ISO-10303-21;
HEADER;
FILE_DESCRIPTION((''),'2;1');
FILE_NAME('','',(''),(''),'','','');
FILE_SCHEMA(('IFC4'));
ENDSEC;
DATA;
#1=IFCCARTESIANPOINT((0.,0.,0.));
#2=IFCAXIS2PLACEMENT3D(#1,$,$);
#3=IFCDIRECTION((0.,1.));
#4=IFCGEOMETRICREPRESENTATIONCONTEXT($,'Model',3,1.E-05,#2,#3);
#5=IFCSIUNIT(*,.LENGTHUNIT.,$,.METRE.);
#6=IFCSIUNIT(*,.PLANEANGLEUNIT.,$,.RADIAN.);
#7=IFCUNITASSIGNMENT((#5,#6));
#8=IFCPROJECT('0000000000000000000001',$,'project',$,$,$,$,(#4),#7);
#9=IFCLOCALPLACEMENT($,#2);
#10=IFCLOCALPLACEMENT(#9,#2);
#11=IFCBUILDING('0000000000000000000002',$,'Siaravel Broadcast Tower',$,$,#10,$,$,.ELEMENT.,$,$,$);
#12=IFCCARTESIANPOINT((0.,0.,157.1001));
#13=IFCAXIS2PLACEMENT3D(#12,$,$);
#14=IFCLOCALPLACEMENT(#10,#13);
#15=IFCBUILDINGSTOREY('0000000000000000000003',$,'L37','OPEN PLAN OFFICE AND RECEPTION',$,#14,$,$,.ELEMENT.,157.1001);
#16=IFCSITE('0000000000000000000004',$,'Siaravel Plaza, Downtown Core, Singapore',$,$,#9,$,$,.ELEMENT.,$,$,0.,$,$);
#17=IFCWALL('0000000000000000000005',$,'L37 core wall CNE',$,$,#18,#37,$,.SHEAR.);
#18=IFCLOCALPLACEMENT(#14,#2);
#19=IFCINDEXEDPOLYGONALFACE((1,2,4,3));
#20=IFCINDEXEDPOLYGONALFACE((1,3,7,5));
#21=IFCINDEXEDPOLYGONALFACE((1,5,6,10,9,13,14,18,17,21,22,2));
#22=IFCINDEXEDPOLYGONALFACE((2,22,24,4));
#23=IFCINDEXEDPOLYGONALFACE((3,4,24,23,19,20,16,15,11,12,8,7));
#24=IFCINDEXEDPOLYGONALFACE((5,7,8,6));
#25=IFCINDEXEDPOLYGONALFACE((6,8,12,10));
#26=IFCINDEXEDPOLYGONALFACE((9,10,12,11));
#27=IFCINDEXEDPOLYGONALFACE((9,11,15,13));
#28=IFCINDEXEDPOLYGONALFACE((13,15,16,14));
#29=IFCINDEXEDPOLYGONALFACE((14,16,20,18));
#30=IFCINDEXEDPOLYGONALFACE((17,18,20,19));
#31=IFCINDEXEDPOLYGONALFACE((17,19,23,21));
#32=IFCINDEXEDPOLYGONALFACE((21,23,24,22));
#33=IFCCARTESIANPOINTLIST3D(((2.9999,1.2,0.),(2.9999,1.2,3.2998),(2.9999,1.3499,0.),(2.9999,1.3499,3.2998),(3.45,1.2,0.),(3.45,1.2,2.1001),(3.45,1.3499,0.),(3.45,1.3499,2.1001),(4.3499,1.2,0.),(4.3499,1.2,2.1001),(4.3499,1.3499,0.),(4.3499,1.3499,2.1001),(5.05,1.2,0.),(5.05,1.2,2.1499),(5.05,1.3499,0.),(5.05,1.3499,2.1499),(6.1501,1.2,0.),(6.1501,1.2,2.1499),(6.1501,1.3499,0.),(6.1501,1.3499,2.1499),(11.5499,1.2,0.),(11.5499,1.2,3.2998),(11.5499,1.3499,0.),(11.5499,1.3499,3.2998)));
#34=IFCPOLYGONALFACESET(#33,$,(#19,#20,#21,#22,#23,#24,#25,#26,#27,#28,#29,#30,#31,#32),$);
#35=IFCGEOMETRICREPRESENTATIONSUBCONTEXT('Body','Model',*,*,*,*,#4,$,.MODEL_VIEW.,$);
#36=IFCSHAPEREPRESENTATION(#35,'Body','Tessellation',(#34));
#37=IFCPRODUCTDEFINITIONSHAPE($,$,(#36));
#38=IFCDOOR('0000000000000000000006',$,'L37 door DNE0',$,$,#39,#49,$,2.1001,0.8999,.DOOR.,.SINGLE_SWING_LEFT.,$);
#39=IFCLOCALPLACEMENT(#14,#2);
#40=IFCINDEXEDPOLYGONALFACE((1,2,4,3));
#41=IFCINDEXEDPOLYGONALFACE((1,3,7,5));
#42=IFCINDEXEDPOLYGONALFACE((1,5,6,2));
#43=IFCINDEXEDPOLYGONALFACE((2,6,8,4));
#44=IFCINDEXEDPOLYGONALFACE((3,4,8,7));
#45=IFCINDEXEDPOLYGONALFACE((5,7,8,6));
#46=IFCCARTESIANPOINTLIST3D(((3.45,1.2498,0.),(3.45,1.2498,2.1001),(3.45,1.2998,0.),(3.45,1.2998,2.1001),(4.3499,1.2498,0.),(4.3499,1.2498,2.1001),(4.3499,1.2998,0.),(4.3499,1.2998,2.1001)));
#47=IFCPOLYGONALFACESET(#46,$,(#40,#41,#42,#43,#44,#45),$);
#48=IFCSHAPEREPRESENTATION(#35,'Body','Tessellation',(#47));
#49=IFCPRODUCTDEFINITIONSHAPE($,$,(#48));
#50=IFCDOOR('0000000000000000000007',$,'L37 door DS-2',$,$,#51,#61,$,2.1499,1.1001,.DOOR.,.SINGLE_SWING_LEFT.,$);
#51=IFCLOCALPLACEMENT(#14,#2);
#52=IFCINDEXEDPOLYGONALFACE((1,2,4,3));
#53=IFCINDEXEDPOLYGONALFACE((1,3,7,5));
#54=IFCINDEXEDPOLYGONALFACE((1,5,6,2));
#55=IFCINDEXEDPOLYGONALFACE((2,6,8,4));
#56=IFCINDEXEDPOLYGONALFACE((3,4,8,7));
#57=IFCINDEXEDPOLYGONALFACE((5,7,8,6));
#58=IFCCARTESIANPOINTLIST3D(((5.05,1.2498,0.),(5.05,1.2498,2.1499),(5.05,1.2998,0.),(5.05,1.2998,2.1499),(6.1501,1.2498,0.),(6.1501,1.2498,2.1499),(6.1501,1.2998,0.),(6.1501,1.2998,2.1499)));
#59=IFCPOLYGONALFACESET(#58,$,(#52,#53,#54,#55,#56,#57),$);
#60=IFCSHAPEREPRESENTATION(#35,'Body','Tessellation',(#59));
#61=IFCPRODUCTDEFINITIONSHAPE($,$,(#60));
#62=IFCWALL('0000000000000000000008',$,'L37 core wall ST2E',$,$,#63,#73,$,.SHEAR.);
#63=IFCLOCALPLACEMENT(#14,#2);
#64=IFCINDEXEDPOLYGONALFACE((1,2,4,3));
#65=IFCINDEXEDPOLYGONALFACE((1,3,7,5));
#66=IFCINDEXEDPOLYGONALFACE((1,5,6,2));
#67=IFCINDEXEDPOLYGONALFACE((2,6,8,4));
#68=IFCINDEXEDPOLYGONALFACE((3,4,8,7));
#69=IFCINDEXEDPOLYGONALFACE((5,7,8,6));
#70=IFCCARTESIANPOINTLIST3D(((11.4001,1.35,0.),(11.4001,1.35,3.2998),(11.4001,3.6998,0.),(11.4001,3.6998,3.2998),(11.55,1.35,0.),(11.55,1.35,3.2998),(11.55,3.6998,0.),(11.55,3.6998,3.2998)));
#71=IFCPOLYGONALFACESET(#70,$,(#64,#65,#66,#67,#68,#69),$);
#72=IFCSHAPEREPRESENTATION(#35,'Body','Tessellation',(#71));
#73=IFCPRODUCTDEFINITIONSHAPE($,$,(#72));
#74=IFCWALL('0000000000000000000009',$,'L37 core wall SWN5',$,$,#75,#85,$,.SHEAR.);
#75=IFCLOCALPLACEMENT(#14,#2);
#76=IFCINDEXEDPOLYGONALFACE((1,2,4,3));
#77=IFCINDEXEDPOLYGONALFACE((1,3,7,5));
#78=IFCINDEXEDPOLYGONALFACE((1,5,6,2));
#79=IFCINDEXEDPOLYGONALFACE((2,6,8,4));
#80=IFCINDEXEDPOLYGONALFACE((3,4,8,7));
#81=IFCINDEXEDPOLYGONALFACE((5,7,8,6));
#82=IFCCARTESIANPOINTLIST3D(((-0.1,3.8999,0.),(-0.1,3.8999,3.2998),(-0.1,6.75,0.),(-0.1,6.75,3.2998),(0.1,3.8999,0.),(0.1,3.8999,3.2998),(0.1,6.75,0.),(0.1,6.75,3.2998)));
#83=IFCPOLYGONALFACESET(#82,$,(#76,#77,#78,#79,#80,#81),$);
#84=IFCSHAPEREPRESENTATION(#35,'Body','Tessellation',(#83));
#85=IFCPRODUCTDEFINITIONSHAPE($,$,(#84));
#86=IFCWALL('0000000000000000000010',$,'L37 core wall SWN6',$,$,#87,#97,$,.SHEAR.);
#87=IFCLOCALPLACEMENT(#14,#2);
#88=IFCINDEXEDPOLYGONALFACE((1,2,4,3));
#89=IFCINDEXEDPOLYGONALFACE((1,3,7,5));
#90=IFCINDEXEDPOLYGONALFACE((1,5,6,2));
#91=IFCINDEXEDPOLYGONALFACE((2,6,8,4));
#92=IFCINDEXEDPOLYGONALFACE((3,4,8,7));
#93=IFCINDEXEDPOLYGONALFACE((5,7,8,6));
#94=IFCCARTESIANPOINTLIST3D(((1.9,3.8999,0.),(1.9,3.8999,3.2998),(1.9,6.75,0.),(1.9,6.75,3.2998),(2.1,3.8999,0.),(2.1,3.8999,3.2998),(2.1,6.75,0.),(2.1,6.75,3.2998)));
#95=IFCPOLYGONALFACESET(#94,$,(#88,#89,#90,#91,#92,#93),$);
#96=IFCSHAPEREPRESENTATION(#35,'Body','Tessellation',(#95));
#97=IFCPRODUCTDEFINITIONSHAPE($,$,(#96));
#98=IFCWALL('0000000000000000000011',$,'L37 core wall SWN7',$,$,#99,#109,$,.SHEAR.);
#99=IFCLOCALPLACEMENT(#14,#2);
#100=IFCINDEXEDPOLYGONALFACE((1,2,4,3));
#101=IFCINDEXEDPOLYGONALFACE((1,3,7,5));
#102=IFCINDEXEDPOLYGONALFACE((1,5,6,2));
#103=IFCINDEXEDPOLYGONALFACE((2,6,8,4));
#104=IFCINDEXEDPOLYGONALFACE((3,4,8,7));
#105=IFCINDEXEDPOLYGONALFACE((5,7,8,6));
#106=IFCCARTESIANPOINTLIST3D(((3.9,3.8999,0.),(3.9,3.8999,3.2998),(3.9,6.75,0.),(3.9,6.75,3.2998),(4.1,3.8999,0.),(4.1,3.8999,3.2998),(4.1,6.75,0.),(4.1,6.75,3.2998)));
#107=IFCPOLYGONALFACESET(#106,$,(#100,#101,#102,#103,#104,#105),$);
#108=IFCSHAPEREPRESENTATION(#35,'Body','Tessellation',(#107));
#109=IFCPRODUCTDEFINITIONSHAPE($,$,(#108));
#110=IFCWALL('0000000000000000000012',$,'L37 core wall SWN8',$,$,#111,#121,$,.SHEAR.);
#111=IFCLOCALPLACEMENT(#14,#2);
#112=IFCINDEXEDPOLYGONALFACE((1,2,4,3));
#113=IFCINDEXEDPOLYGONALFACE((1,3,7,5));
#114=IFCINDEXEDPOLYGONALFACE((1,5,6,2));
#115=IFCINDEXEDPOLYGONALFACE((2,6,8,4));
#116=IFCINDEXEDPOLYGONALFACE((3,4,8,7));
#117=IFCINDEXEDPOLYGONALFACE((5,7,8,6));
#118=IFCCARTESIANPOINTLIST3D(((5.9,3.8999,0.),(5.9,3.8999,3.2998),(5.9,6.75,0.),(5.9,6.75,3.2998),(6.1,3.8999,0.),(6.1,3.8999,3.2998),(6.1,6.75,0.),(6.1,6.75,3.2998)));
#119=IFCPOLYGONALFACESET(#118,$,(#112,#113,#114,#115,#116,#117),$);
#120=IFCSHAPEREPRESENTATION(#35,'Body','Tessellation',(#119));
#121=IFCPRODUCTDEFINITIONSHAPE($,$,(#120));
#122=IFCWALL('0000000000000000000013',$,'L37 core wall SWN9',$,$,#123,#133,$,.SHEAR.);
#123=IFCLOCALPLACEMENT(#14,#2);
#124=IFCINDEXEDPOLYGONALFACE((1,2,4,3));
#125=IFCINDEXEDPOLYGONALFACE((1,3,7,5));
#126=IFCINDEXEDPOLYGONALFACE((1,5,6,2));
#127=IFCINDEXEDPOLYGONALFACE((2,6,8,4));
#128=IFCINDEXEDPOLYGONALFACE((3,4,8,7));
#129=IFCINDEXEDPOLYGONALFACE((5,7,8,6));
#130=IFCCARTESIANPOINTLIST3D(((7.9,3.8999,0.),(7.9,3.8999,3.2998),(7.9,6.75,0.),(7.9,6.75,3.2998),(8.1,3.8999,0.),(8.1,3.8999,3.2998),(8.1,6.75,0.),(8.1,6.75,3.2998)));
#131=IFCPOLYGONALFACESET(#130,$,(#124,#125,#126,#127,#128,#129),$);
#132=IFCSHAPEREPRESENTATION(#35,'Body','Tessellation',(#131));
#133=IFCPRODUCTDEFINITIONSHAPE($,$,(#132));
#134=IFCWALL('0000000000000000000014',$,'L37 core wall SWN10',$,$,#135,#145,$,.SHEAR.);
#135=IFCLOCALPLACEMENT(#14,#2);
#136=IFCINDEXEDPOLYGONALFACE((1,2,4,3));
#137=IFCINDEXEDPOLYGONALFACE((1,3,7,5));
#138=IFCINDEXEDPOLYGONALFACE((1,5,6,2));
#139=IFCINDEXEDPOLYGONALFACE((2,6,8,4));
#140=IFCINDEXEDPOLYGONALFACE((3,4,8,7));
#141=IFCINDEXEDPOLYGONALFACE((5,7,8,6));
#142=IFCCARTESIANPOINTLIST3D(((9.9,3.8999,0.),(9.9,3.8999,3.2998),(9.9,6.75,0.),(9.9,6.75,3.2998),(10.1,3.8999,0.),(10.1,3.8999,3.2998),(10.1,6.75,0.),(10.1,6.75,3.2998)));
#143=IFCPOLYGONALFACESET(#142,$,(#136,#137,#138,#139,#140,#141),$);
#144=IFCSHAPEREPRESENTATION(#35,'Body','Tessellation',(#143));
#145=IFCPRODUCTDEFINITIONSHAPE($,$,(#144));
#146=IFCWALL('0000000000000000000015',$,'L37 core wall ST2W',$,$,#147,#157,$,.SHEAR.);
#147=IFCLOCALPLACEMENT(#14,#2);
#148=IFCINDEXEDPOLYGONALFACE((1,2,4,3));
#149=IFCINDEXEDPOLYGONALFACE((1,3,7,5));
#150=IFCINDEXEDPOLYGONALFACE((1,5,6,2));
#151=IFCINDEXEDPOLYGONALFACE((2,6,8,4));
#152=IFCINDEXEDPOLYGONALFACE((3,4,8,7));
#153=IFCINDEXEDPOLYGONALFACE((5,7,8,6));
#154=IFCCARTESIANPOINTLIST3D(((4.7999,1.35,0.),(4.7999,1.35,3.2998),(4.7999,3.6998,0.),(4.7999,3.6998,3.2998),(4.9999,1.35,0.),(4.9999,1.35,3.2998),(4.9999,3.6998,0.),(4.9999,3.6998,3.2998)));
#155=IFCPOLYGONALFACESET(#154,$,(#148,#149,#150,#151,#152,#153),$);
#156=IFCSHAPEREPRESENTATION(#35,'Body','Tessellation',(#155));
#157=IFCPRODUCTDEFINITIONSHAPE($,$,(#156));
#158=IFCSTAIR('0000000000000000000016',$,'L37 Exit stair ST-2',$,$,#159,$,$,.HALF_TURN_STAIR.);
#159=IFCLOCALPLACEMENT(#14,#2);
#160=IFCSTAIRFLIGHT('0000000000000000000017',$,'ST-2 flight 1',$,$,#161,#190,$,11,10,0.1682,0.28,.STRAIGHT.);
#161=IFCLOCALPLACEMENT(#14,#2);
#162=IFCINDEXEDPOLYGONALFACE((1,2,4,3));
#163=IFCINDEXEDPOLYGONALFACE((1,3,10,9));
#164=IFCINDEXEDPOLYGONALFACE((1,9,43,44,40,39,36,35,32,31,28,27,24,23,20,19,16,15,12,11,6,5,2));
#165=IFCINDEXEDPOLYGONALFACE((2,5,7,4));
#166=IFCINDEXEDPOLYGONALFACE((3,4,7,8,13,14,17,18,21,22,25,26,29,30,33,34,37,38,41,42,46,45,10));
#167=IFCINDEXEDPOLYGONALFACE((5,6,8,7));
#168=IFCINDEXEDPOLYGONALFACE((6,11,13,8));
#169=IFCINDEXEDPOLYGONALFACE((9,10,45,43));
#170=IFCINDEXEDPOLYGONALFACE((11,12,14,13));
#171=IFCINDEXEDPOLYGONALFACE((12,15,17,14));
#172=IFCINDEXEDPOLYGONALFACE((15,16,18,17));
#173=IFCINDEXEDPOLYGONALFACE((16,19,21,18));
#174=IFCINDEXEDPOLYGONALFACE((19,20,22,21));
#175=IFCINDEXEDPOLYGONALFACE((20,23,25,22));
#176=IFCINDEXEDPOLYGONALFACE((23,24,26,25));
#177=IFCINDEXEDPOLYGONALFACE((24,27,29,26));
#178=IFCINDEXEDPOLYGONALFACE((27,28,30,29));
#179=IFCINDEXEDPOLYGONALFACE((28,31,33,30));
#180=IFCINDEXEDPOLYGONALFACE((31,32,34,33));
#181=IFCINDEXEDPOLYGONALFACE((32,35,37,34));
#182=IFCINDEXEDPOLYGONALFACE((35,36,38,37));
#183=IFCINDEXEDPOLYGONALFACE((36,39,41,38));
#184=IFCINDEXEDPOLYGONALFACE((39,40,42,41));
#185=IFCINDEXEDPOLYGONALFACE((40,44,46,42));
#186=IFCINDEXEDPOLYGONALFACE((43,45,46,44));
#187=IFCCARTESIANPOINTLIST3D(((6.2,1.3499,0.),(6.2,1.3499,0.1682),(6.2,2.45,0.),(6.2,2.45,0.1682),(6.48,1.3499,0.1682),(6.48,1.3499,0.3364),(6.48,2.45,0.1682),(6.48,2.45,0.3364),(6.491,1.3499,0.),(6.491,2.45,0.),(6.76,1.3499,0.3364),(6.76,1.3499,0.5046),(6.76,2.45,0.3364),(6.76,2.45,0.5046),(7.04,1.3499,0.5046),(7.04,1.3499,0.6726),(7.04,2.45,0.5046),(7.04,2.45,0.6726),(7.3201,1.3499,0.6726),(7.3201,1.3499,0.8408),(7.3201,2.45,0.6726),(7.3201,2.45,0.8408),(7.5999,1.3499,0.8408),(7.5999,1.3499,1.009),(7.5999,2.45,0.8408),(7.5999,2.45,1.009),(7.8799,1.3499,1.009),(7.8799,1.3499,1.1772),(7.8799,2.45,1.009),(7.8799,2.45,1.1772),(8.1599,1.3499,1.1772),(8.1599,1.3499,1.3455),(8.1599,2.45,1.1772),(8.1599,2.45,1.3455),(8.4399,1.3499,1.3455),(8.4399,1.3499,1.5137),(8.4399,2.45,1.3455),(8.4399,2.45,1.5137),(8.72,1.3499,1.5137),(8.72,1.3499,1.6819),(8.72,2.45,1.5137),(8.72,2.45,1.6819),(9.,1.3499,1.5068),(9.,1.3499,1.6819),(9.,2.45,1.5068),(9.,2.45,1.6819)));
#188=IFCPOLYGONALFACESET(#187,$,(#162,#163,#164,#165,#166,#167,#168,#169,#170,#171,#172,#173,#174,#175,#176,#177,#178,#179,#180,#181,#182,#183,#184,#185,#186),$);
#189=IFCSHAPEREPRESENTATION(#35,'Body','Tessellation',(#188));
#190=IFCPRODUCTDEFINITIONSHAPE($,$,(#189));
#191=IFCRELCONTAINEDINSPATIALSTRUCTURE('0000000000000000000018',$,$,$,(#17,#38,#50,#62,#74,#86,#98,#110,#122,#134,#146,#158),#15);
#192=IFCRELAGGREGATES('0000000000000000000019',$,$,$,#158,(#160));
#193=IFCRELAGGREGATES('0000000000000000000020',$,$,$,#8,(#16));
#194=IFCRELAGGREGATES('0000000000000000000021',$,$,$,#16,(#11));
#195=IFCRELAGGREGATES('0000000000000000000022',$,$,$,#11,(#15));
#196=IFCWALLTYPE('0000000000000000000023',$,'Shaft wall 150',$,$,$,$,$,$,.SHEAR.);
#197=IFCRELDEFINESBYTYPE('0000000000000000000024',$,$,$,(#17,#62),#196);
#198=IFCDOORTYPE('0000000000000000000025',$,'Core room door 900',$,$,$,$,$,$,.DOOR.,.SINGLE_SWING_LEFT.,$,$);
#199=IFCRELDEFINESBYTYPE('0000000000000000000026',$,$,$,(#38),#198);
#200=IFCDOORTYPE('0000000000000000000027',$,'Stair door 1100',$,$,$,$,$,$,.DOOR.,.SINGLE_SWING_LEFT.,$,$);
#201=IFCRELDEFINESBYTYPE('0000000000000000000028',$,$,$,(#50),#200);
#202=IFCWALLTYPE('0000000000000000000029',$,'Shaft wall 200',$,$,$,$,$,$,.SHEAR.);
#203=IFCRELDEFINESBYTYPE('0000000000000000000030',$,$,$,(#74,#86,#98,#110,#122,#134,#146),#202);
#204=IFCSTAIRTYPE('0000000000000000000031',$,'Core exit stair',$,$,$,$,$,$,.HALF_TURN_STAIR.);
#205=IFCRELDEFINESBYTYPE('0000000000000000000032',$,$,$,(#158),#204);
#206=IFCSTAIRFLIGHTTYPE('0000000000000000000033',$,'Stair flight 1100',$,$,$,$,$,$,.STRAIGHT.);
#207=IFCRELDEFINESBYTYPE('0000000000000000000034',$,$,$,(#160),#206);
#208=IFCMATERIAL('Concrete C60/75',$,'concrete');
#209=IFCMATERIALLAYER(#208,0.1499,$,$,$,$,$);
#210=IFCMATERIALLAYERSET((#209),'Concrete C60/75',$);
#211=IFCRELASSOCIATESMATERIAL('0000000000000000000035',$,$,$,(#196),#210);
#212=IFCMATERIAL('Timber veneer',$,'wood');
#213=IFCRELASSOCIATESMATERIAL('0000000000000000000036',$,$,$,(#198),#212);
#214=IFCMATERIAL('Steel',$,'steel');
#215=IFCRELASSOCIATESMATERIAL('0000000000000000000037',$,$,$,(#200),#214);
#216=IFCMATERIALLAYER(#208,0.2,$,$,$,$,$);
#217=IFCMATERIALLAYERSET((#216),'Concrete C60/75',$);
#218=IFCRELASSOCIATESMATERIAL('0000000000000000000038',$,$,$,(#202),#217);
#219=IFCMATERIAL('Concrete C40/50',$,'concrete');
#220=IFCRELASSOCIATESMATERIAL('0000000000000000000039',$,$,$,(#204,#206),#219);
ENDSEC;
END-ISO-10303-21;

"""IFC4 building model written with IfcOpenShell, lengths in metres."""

from ifc_helpers import new_model, si_unit, direction, frame, frame_2d, origin, place, context, subcontext, project, spatial, polyline, rectangle, outline, extrude, material, layer, layer_set, type_object, element, fill, aggregate, save


model = new_model("IFC4")

# Units and contexts
model_context = context("Model", 3, precision=1e-05, world=origin(), true_north=direction((0.0, 1.0)))
body_context = subcontext(model_context, "Body", "Model", "MODEL_VIEW")
ifc_project = project(units=[si_unit("LENGTHUNIT", "METRE"), si_unit("PLANEANGLEUNIT", "RADIAN")], contexts=[model_context])

# Site, building, storey
site_placement = place(None, origin())
site = spatial("IfcSite", under=ifc_project, at=site_placement, Name="Siaravel Plaza, Downtown Core, Singapore", CompositionType="ELEMENT", RefElevation=0.0)
building_placement = place(site_placement, origin())
building = spatial("IfcBuilding", under=site, at=building_placement, Name="Siaravel Broadcast Tower", CompositionType="ELEMENT")
storey_placement = place(building_placement, frame((0.0, 0.0, 157.1001)))
storey = spatial("IfcBuildingStorey", under=building, at=storey_placement, Name="L37", Description="OPEN PLAN OFFICE AND RECEPTION", CompositionType="ELEMENT", Elevation=157.1001)

# Shared definitions
ifc_material_1 = material(Name="Concrete C60/75", Category="concrete")

# Shared definitions
ifc_material_2 = material(Name="Timber veneer", Category="wood")

# Wall, openings, doors
ifc_layer_1 = layer(ifc_material_1, 0.1499)
ifc_layer_set_1 = layer_set([ifc_layer_1], Name="Concrete C60/75")
wall_type_1 = type_object("IfcWallType", Name="Shaft wall 150", PredefinedType="SHEAR", material=ifc_layer_set_1)
wall_1_placement = place(storey_placement, frame((3.0, 1.2749, 0.0), z_axis=(0.0, 0.0, 1.0), x_axis=(1.0, 0.0, 0.0)))
wall_1 = element("IfcWall", 1, at=wall_1_placement, inside=storey, type_object=wall_type_1, Name="L37 core wall CNE", PredefinedType="SHEAR", context=body_context, shape_type="SweptSolid", body=[
    extrude(rectangle(XDim=8.55, YDim=0.1499, at=frame_2d((4.2749, 0.0))), origin(), (0.0, 0.0, 1.0), 3.2998),
])
opening_1_placement = place(wall_1_placement, frame((2.05, 0.0, 0.0)))
opening_1 = element("IfcOpeningElement", 2, at=opening_1_placement, cuts=wall_1, PredefinedType="OPENING", context=body_context, shape_type="SweptSolid", body=[
    extrude(rectangle(XDim=1.1001, YDim=2.1499, at=frame_2d((0.55, 1.075))), frame((0.0, 0.085, 0.0), z_axis=(0.0, -1.0, 0.0), x_axis=(1.0, 0.0, 0.0)), (0.0, 0.0, 1.0), 0.1699),
])
opening_2_placement = place(wall_1_placement, frame((0.45, 0.0, 0.0)))
opening_2 = element("IfcOpeningElement", 3, at=opening_2_placement, cuts=wall_1, PredefinedType="OPENING", context=body_context, shape_type="SweptSolid", body=[
    extrude(rectangle(XDim=0.8999, YDim=2.1001, at=frame_2d((0.45, 1.05))), frame((0.0, 0.085, 0.0), z_axis=(0.0, -1.0, 0.0), x_axis=(1.0, 0.0, 0.0)), (0.0, 0.0, 1.0), 0.1699),
])
door_type_1 = type_object("IfcDoorType", Name="Core room door 900", OperationType="SINGLE_SWING_LEFT", PredefinedType="DOOR", material=ifc_material_2)
door_1_placement = place(opening_2_placement, origin())
door_1 = element("IfcDoor", 4, at=door_1_placement, inside=storey, type_object=door_type_1, Name="L37 door DNE0", OperationType="SINGLE_SWING_LEFT", OverallHeight=2.1001, OverallWidth=0.8999, PredefinedType="DOOR", context=body_context, shape_type="SweptSolid", body=[
    extrude(rectangle(XDim=0.8999, YDim=2.1001, at=frame_2d((0.45, 1.05))), frame((0.0, 0.0249, 0.0), z_axis=(0.0, -1.0, 0.0), x_axis=(1.0, 0.0, 0.0)), (0.0, 0.0, 1.0), 0.05),
])
fill(opening_2, door_1)
ifc_material_3 = material(Name="Steel", Category="steel")
door_type_2 = type_object("IfcDoorType", Name="Stair door 1100", OperationType="SINGLE_SWING_LEFT", PredefinedType="DOOR", material=ifc_material_3)
door_2_placement = place(opening_1_placement, origin())
door_2 = element("IfcDoor", 5, at=door_2_placement, inside=storey, type_object=door_type_2, Name="L37 door DS-2", OperationType="SINGLE_SWING_LEFT", OverallHeight=2.1499, OverallWidth=1.1001, PredefinedType="DOOR", context=body_context, shape_type="SweptSolid", body=[
    extrude(rectangle(XDim=1.1001, YDim=2.1499, at=frame_2d((0.55, 1.075))), frame((0.0, 0.0249, 0.0), z_axis=(0.0, -1.0, 0.0), x_axis=(1.0, 0.0, 0.0)), (0.0, 0.0, 1.0), 0.05),
])
fill(opening_1, door_2)

# Walls
wall_2_placement = place(storey_placement, frame((11.4751, 1.3501, 0.0), z_axis=(0.0, 0.0, 1.0), x_axis=(0.0, 1.0, 0.0)))
element("IfcWall", 6, at=wall_2_placement, inside=storey, type_object=wall_type_1, Name="L37 core wall ST2E", PredefinedType="SHEAR", context=body_context, shape_type="SweptSolid", body=[
    extrude(rectangle(XDim=2.3499, YDim=0.1499, at=frame_2d((1.1748, 0.0))), origin(), (0.0, 0.0, 1.0), 3.2998),
])
ifc_layer_2 = layer(ifc_material_1, 0.2)
ifc_layer_set_2 = layer_set([ifc_layer_2], Name="Concrete C60/75")
wall_type_2 = type_object("IfcWallType", Name="Shaft wall 200", PredefinedType="SHEAR", material=ifc_layer_set_2)
for number, where, z_axis, x_axis, name in (
    (7, (0.0, 3.8999, 0.0), (0.0, 0.0, 1.0), (0.0, 1.0, 0.0), "L37 core wall SWN5"),
    (8, (2.0, 3.8999, 0.0), (0.0, 0.0, 1.0), (0.0, 1.0, 0.0), "L37 core wall SWN6"),
    (9, (4.0, 3.8999, 0.0), (0.0, 0.0, 1.0), (0.0, 1.0, 0.0), "L37 core wall SWN7"),
    (10, (6.0, 3.8999, 0.0), (0.0, 0.0, 1.0), (0.0, 1.0, 0.0), "L37 core wall SWN8"),
    (11, (8.0, 3.8999, 0.0), (0.0, 0.0, 1.0), (0.0, 1.0, 0.0), "L37 core wall SWN9"),
    (12, (10.0, 3.8999, 0.0), (0.0, 0.0, 1.0), (0.0, 1.0, 0.0), "L37 core wall SWN10"),
):
    element("IfcWall", number, at=place(storey_placement, frame(where, z_axis=z_axis, x_axis=x_axis)), inside=storey, type_object=wall_type_2, Name=name, PredefinedType="SHEAR", context=body_context, shape_type="SweptSolid", body=[
        extrude(rectangle(XDim=2.8501, YDim=0.2, at=frame_2d((1.425, 0.0))), origin(), (0.0, 0.0, 1.0), 3.2998),
    ])
wall_3_placement = place(storey_placement, frame((4.8999, 1.3501, 0.0), z_axis=(0.0, 0.0, 1.0), x_axis=(0.0, 1.0, 0.0)))
element("IfcWall", 13, at=wall_3_placement, inside=storey, type_object=wall_type_2, Name="L37 core wall ST2W", PredefinedType="SHEAR", context=body_context, shape_type="SweptSolid", body=[
    extrude(rectangle(XDim=2.3499, YDim=0.2, at=frame_2d((1.1748, 0.0))), origin(), (0.0, 0.0, 1.0), 3.2998),
])

# Stair, stair flight
ifc_material_4 = material(Name="Concrete C40/50", Category="concrete")
stair_type = type_object("IfcStairType", Name="Core exit stair", PredefinedType="HALF_TURN_STAIR", material=ifc_material_4)
stair_placement = place(storey_placement, origin())
stair = element("IfcStair", 14, at=stair_placement, inside=storey, type_object=stair_type, Name="L37 Exit stair ST-2", PredefinedType="HALF_TURN_STAIR")
stair_flight_type = type_object("IfcStairFlightType", Name="Stair flight 1100", PredefinedType="STRAIGHT", material=ifc_material_4)
stair_flight_1_placement = place(storey_placement, frame((6.2, 1.8999, 0.0), z_axis=(0.0, 0.0, 1.0), x_axis=(1.0, 0.0, 0.0)))
stair_flight_1 = element("IfcStairFlight", 15, at=stair_flight_1_placement, type_object=stair_flight_type, Name="ST-2 flight 1", NumberOfRisers=11, NumberOfTreads=10, PredefinedType="STRAIGHT", RiserHeight=0.1682, TreadLength=0.28, context=body_context, shape_type="SweptSolid", body=[
    extrude(outline(polyline([(0.0, 0.0), (0.0, 0.1682), (0.28, 0.1682), (0.28, 0.3364), (0.5601, 0.3364), (0.5601, 0.5046), (0.8401, 0.5046), (0.8401, 0.6726), (1.1201, 0.6726), (1.1201, 0.8408), (1.3999, 0.8408), (1.3999, 1.009), (1.6799, 1.009), (1.6799, 1.1772), (1.96, 1.1772), (1.96, 1.3455), (2.24, 1.3455), (2.24, 1.5137), (2.52, 1.5137), (2.52, 1.6819), (2.8, 1.6819), (2.8, 1.8501), (2.8, 1.5068), (0.291, 0.0), (0.0, 0.0)])), frame((0.0, 0.55, 0.0), z_axis=(0.0, -1.0, 0.0), x_axis=(1.0, 0.0, 0.0)), (0.0, 0.0, 1.0), 1.1001),
])
aggregate(stair, [stair_flight_1])

save(model, "model.ifc")
